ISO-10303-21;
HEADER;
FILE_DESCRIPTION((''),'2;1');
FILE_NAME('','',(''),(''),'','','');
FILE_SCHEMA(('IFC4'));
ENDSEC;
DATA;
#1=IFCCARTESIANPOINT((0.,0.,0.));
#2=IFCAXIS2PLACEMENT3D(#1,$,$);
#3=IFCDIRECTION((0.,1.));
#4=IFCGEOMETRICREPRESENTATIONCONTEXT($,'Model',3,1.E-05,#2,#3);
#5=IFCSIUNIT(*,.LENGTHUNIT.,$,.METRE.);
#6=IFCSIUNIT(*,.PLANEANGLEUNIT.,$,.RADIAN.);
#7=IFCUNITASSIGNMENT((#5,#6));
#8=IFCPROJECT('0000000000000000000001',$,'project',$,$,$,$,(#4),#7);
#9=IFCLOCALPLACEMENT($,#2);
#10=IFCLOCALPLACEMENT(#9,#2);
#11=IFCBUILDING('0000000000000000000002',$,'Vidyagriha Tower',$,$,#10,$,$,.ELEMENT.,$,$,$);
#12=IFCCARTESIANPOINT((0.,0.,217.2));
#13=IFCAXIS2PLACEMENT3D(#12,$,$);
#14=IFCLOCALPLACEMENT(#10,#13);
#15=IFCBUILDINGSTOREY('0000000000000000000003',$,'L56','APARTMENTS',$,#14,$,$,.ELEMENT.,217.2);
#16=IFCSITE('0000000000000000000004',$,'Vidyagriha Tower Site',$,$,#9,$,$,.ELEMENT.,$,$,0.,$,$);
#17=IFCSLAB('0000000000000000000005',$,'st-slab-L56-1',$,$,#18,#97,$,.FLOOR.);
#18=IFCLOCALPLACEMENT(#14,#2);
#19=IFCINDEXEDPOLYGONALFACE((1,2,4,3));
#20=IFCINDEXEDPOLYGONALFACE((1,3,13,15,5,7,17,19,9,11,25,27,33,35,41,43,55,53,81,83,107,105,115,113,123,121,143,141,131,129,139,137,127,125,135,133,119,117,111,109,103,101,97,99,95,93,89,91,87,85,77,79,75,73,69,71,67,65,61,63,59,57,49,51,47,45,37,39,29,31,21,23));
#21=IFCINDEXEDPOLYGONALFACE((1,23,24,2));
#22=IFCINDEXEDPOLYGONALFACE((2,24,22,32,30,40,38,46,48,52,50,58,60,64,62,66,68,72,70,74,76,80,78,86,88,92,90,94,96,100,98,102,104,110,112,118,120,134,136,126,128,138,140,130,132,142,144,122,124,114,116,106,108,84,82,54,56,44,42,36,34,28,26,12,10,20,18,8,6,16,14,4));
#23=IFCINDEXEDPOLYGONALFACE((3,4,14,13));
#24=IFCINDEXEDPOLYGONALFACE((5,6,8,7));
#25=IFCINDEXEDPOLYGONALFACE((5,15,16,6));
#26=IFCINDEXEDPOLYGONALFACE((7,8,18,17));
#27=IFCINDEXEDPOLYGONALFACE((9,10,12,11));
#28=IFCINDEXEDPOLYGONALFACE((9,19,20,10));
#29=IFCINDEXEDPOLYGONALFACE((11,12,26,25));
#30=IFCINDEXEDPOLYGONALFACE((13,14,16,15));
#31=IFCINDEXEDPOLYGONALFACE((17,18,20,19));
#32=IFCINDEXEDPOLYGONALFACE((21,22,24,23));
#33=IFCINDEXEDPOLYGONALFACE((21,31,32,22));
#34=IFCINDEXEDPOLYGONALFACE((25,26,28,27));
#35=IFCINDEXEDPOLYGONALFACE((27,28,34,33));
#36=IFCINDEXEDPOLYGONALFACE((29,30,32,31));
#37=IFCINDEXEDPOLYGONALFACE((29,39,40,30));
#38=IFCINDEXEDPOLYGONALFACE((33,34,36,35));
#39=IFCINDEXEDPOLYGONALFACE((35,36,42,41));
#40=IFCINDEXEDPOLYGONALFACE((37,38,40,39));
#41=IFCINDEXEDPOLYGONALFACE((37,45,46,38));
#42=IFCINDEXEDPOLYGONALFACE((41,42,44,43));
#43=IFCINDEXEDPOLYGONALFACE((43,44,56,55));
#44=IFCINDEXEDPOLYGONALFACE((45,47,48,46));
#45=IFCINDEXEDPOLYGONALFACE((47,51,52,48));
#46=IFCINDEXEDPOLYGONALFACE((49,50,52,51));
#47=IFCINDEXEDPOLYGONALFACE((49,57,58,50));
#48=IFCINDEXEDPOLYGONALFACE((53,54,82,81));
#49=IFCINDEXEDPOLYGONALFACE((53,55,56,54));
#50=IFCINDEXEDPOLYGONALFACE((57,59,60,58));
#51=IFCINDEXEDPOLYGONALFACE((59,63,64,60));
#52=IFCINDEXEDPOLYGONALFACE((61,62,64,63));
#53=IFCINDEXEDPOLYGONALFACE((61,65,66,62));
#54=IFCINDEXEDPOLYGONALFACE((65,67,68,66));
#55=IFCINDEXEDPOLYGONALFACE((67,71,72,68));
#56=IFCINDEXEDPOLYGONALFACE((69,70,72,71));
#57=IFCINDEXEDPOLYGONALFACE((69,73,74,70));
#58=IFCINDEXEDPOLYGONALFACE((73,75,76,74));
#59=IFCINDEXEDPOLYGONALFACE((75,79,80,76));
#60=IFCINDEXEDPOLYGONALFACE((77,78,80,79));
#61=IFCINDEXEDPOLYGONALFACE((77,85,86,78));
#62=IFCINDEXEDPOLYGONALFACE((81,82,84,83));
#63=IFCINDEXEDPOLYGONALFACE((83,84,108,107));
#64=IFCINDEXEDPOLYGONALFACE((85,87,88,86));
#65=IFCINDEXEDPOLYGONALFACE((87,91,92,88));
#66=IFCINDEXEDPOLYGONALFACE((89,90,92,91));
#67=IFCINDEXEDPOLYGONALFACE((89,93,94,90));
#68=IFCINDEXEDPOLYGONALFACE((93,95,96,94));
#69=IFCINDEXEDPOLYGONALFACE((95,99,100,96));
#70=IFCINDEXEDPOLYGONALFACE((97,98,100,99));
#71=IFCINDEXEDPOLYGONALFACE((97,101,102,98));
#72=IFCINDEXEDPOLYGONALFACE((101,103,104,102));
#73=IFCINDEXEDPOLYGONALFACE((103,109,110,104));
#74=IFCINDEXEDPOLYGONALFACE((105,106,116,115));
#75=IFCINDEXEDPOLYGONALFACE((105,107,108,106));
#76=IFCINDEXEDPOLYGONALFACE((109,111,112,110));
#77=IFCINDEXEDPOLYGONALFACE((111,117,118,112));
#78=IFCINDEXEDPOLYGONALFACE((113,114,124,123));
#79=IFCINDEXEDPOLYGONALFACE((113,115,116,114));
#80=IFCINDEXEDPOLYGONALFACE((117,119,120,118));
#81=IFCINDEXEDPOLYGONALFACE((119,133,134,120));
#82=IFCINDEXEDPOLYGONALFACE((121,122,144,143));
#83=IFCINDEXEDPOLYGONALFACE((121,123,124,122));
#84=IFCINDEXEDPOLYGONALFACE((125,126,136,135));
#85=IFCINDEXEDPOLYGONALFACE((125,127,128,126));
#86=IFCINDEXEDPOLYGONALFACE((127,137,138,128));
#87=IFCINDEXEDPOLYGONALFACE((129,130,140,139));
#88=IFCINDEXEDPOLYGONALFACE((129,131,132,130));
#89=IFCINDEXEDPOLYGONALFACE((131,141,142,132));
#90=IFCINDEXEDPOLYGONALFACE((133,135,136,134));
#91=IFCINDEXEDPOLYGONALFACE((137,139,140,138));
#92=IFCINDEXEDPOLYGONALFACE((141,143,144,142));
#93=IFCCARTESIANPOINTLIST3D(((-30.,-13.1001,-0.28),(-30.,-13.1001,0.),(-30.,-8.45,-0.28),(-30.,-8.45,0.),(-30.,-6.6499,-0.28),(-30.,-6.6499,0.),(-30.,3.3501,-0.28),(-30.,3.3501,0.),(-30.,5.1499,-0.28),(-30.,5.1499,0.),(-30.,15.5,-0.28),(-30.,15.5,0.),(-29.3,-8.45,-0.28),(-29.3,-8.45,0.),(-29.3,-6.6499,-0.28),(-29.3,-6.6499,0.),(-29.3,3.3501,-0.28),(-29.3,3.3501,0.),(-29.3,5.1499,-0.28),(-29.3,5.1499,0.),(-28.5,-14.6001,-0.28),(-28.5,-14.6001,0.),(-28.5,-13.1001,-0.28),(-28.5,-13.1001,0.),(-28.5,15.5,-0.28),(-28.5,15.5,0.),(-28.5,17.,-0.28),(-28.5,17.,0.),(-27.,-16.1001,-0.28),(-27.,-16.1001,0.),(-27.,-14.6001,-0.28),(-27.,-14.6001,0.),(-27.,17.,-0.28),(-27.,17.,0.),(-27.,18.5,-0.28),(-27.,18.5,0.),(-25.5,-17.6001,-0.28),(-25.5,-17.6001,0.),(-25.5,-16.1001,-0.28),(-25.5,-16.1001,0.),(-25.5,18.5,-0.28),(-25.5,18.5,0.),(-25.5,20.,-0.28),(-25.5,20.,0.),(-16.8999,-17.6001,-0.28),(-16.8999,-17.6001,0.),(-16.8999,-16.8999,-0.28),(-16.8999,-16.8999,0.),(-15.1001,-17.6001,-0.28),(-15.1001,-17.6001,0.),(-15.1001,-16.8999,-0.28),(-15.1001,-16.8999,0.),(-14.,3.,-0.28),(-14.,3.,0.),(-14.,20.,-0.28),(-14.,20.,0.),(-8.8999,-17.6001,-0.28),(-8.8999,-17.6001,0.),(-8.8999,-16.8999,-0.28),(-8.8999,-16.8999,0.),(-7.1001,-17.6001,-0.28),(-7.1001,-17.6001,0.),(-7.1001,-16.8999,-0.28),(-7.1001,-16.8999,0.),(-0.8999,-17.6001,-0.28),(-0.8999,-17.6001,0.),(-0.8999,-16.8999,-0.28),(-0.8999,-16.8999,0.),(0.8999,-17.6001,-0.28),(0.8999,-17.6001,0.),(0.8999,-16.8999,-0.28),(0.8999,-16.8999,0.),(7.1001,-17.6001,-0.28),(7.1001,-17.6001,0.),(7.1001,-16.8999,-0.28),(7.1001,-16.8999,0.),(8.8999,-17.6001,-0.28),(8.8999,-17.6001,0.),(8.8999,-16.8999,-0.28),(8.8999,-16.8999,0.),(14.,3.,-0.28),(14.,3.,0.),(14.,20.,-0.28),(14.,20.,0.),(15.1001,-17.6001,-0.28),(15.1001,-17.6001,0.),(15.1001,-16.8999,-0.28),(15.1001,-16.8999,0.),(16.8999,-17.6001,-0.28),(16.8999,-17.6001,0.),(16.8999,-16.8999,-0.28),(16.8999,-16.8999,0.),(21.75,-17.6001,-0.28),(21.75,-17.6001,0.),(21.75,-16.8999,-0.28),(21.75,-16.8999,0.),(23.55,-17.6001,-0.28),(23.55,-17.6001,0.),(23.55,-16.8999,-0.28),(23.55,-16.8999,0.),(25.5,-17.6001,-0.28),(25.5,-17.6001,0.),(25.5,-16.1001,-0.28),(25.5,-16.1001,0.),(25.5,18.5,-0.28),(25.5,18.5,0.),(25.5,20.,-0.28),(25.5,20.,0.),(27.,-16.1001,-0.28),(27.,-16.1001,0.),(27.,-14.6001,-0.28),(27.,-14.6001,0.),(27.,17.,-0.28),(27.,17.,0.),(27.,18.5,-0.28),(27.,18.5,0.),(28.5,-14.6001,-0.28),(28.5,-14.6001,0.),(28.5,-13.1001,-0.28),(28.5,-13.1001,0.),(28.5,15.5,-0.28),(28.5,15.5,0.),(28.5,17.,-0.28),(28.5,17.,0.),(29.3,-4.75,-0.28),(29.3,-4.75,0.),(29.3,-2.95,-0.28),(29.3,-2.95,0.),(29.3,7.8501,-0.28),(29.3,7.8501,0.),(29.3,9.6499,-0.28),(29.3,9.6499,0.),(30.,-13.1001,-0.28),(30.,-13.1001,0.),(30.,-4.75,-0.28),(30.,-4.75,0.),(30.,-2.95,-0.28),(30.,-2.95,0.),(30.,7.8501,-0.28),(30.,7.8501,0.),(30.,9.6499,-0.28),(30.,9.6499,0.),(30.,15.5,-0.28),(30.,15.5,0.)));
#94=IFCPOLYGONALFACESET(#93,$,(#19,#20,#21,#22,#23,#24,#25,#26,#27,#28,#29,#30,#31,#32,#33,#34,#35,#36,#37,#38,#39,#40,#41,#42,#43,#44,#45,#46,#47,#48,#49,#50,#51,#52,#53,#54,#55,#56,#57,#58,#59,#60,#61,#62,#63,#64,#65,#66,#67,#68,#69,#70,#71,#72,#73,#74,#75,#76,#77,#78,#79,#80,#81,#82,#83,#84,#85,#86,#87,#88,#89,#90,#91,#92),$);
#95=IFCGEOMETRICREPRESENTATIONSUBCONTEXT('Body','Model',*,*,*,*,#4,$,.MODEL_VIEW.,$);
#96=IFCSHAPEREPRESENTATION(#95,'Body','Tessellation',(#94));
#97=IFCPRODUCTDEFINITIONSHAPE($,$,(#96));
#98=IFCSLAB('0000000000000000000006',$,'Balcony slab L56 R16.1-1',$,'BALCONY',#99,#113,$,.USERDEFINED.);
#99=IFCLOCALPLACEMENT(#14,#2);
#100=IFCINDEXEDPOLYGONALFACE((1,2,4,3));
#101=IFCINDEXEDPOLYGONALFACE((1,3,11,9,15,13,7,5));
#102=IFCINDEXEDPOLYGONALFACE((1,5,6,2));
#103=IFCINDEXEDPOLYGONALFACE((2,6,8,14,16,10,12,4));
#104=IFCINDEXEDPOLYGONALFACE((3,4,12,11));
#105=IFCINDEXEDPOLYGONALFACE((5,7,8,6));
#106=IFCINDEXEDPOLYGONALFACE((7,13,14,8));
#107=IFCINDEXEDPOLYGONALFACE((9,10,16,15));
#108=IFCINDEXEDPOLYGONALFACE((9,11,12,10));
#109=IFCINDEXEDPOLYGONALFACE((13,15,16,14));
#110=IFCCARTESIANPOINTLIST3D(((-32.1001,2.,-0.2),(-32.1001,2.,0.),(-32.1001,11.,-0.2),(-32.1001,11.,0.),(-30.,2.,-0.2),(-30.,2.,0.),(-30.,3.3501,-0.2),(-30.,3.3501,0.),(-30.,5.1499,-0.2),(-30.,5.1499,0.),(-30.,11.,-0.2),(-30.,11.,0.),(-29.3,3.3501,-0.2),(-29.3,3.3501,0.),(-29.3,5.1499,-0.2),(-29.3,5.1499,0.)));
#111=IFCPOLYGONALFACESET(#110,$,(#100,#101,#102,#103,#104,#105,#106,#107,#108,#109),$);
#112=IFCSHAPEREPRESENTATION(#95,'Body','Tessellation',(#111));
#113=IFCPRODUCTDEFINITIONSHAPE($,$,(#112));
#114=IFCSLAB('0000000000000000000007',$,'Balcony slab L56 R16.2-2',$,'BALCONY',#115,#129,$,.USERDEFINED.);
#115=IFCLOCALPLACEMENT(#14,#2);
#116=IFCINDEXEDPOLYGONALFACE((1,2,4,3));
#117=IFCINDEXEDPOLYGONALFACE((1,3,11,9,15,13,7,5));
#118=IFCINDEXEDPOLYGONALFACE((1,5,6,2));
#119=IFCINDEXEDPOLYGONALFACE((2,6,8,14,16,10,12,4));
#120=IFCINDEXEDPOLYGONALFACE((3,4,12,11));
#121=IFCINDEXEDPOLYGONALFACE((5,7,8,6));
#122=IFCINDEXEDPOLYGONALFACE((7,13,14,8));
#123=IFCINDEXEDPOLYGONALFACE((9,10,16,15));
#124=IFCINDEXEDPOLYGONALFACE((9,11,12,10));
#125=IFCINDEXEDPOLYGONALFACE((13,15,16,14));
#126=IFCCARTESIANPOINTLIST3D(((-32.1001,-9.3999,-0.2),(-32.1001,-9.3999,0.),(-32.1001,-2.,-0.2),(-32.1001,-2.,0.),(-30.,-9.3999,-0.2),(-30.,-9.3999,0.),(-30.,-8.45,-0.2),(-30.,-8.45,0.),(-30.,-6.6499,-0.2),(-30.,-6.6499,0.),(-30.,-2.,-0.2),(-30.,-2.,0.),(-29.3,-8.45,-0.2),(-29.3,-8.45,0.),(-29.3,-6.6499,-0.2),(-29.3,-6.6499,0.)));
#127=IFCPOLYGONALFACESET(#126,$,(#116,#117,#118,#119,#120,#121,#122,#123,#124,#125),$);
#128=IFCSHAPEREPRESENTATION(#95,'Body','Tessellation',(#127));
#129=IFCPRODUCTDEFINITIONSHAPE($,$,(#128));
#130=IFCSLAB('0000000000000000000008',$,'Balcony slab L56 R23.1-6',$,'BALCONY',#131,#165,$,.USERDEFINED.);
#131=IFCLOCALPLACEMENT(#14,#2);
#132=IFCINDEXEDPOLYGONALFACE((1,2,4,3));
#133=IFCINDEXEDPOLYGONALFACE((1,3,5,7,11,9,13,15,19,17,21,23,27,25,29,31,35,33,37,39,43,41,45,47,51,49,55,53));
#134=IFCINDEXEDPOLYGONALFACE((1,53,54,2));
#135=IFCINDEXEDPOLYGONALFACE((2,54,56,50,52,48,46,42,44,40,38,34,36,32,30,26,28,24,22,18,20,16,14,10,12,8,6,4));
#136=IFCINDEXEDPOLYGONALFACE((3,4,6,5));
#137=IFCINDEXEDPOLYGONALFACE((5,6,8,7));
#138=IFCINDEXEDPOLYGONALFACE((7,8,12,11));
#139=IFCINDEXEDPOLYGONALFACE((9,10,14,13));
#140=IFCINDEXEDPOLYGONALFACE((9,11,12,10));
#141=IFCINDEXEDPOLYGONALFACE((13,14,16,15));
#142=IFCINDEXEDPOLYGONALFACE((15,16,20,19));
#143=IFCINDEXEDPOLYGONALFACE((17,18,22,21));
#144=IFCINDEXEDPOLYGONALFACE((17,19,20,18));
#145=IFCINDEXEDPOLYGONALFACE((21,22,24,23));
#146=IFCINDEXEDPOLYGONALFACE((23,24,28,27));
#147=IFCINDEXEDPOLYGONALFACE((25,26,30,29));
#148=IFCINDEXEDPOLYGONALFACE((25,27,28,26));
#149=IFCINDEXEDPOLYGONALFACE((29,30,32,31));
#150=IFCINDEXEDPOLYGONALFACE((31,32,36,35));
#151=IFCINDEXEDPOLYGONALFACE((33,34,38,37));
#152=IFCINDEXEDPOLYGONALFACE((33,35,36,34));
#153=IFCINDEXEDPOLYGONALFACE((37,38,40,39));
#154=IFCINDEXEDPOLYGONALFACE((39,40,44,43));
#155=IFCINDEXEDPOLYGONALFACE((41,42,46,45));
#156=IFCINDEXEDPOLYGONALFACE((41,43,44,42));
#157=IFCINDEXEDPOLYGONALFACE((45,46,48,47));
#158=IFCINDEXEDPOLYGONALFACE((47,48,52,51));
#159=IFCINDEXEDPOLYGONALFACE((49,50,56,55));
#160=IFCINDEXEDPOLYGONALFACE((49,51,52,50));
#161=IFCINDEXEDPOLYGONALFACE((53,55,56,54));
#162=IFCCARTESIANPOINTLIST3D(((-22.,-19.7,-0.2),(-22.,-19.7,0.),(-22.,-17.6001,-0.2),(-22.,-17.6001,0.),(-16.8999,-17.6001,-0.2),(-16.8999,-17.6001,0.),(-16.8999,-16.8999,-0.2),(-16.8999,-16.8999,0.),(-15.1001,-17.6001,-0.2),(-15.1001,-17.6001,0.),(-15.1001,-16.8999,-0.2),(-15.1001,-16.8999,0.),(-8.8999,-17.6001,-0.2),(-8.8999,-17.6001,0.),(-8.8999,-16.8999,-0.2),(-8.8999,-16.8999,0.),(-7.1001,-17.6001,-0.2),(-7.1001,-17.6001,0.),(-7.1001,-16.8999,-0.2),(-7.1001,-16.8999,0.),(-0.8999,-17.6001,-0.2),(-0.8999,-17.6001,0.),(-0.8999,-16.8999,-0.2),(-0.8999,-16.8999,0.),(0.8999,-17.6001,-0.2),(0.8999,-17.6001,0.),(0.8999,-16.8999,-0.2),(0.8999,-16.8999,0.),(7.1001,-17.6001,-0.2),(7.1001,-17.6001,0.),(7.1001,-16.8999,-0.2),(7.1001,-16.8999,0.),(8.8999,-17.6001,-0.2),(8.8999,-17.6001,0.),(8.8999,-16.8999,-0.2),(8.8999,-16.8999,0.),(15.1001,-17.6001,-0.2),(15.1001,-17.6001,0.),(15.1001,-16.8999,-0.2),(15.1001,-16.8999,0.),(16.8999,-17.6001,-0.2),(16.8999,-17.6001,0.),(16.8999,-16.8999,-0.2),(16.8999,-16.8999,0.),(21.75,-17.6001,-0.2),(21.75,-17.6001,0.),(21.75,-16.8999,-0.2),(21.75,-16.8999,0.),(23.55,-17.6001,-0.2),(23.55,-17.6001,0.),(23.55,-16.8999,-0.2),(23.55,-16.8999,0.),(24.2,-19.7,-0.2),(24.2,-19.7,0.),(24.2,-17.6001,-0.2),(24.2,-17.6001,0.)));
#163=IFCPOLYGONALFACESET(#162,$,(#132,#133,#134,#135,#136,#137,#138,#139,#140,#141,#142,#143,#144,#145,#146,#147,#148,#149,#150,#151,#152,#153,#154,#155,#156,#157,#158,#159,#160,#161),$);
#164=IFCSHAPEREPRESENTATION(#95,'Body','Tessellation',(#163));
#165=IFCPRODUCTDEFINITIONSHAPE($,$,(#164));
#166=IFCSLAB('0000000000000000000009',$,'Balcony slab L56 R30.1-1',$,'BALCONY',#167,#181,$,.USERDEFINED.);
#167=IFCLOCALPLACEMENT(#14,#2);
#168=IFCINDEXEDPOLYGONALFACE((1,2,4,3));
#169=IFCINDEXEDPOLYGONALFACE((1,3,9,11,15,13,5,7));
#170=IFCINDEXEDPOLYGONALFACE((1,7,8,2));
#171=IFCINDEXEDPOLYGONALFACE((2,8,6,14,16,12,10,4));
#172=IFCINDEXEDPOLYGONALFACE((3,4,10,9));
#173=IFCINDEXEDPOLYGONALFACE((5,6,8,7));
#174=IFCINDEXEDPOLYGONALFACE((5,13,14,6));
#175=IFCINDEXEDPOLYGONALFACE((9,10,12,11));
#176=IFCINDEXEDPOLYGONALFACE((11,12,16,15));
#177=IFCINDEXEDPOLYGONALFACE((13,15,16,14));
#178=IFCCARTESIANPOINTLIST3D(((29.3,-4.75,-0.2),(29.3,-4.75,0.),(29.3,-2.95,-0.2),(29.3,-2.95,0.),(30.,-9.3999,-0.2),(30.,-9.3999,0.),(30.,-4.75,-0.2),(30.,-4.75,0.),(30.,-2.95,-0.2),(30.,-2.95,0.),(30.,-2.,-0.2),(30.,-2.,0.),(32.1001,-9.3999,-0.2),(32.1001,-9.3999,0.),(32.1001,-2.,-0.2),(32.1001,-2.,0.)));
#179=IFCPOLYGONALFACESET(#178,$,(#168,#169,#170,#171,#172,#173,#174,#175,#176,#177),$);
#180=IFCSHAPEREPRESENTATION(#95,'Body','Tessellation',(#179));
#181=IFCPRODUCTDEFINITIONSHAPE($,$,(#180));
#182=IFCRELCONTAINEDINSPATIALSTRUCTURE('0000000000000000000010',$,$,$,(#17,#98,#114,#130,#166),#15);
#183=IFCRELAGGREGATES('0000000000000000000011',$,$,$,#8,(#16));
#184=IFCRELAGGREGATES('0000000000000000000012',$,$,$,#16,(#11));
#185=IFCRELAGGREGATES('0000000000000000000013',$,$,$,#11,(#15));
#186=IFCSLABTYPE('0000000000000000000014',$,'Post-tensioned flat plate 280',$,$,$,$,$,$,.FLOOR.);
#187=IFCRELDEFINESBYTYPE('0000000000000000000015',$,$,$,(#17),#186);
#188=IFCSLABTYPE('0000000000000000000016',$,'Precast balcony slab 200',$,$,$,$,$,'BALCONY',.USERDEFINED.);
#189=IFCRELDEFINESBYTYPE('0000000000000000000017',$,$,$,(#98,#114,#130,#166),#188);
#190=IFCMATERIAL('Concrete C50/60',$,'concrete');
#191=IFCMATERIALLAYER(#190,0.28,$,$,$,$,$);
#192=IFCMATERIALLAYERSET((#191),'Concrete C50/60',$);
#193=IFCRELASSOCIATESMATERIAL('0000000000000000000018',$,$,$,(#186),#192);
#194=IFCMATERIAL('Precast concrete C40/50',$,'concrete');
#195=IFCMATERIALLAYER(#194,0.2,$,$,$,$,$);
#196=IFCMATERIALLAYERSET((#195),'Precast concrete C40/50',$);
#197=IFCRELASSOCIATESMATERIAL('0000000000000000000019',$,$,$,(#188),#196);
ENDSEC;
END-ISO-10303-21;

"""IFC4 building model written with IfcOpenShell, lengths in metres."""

from ifc_helpers import new_model, si_unit, direction, frame, origin, place, context, subcontext, project, spatial, polyline, outline, extrude, material, layer, layer_set, type_object, element, save


model = new_model("IFC4")

# Units and contexts
model_context = context("Model", 3, precision=1e-05, world=origin(), true_north=direction((0.0, 1.0)))
body_context = subcontext(model_context, "Body", "Model", "MODEL_VIEW")
ifc_project = project(units=[si_unit("LENGTHUNIT", "METRE"), si_unit("PLANEANGLEUNIT", "RADIAN")], contexts=[model_context])

# Site, building, storey
site_placement = place(None, origin())
site = spatial("IfcSite", under=ifc_project, at=site_placement, Name="Vidyagriha Tower Site", CompositionType="ELEMENT", RefElevation=0.0)
building_placement = place(site_placement, origin())
building = spatial("IfcBuilding", under=site, at=building_placement, Name="Vidyagriha Tower", CompositionType="ELEMENT")
storey_placement = place(building_placement, frame((0.0, 0.0, 217.2)))
storey = spatial("IfcBuildingStorey", under=building, at=storey_placement, Name="L56", Description="APARTMENTS", CompositionType="ELEMENT", Elevation=217.2)

# Slabs
ifc_material_1 = material(Name="Concrete C50/60", Category="concrete")
ifc_layer_1 = layer(ifc_material_1, 0.28)
ifc_layer_set_1 = layer_set([ifc_layer_1], Name="Concrete C50/60")
slab_type_1 = type_object("IfcSlabType", Name="Post-tensioned flat plate 280", PredefinedType="FLOOR", material=ifc_layer_set_1)
slab_1_placement = place(storey_placement, frame((0.0, 0.0, -0.28)))
element("IfcSlab", 1, at=slab_1_placement, inside=storey, type_object=slab_type_1, Name="st-slab-L56-1", PredefinedType="FLOOR", context=body_context, shape_type="SweptSolid", body=[
    extrude(outline(polyline([(28.5, -14.6001), (27.0, -14.6001), (27.0, -16.1001), (25.5, -16.1001), (25.5, -17.6001), (23.55, -17.6001), (23.55, -16.8999), (21.75, -16.8999), (21.75, -17.6001), (16.8999, -17.6001), (16.8999, -16.8999), (15.1001, -16.8999), (15.1001, -17.6001), (8.8999, -17.6001), (8.8999, -16.8999), (7.1001, -16.8999), (7.1001, -17.6001), (0.8999, -17.6001), (0.8999, -16.8999), (-0.8999, -16.8999), (-0.8999, -17.6001), (-7.1001, -17.6001), (-7.1001, -16.8999), (-8.8999, -16.8999), (-8.8999, -17.6001), (-15.1001, -17.6001), (-15.1001, -16.8999), (-16.8999, -16.8999), (-16.8999, -17.6001), (-25.5, -17.6001), (-25.5, -16.1001), (-27.0, -16.1001), (-27.0, -14.6001), (-28.5, -14.6001), (-28.5, -13.1001), (-30.0, -13.1001), (-30.0, -8.45), (-29.3, -8.45), (-29.3, -6.6499), (-30.0, -6.6499), (-30.0, 3.3501), (-29.3, 3.3501), (-29.3, 5.1499), (-30.0, 5.1499), (-30.0, 15.5), (-28.5, 15.5), (-28.5, 17.0), (-27.0, 17.0), (-27.0, 18.5), (-25.5, 18.5), (-25.5, 20.0), (-14.0, 20.0), (-14.0, 3.0), (14.0, 3.0), (14.0, 20.0), (25.5, 20.0), (25.5, 18.5), (27.0, 18.5), (27.0, 17.0), (28.5, 17.0), (28.5, 15.5), (30.0, 15.5), (30.0, 9.6499), (29.3, 9.6499), (29.3, 7.8501), (30.0, 7.8501), (30.0, -2.95), (29.3, -2.95), (29.3, -4.75), (30.0, -4.75), (30.0, -13.1001), (28.5, -13.1001), (28.5, -14.6001)])), origin(), (0.0, 0.0, 1.0), 0.28),
])
ifc_material_2 = material(Name="Precast concrete C40/50", Category="concrete")
ifc_layer_2 = layer(ifc_material_2, 0.2)
ifc_layer_set_2 = layer_set([ifc_layer_2], Name="Precast concrete C40/50")
slab_type_2 = type_object("IfcSlabType", Name="Precast balcony slab 200", ElementType="BALCONY", PredefinedType="USERDEFINED", material=ifc_layer_set_2)
slab_2_placement = place(storey_placement, frame((0.0, 0.0, -0.2)))
element("IfcSlab", 2, at=slab_2_placement, inside=storey, type_object=slab_type_2, Name="Balcony slab L56 R16.1-1", ObjectType="BALCONY", PredefinedType="USERDEFINED", context=body_context, shape_type="SweptSolid", body=[
    extrude(outline(polyline([(-29.3, 3.3501), (-29.3, 5.1499), (-30.0, 5.1499), (-30.0, 11.0), (-32.1001, 11.0), (-32.1001, 2.0), (-30.0, 2.0), (-30.0, 3.3501), (-29.3, 3.3501)])), origin(), (0.0, 0.0, 1.0), 0.2),
])
slab_3_placement = place(storey_placement, frame((0.0, 0.0, -0.2)))
element("IfcSlab", 3, at=slab_3_placement, inside=storey, type_object=slab_type_2, Name="Balcony slab L56 R16.2-2", ObjectType="BALCONY", PredefinedType="USERDEFINED", context=body_context, shape_type="SweptSolid", body=[
    extrude(outline(polyline([(-29.3, -8.45), (-29.3, -6.6499), (-30.0, -6.6499), (-30.0, -2.0), (-32.1001, -2.0), (-32.1001, -9.3999), (-30.0, -9.3999), (-30.0, -8.45), (-29.3, -8.45)])), origin(), (0.0, 0.0, 1.0), 0.2),
])
slab_4_placement = place(storey_placement, frame((0.0, 0.0, -0.2)))
element("IfcSlab", 4, at=slab_4_placement, inside=storey, type_object=slab_type_2, Name="Balcony slab L56 R23.1-6", ObjectType="BALCONY", PredefinedType="USERDEFINED", context=body_context, shape_type="SweptSolid", body=[
    extrude(outline(polyline([(-16.8999, -16.8999), (-16.8999, -17.6001), (-22.0, -17.6001), (-22.0, -19.7), (24.2, -19.7), (24.2, -17.6001), (23.55, -17.6001), (23.55, -16.8999), (21.75, -16.8999), (21.75, -17.6001), (16.8999, -17.6001), (16.8999, -16.8999), (15.1001, -16.8999), (15.1001, -17.6001), (8.8999, -17.6001), (8.8999, -16.8999), (7.1001, -16.8999), (7.1001, -17.6001), (0.8999, -17.6001), (0.8999, -16.8999), (-0.8999, -16.8999), (-0.8999, -17.6001), (-7.1001, -17.6001), (-7.1001, -16.8999), (-8.8999, -16.8999), (-8.8999, -17.6001), (-15.1001, -17.6001), (-15.1001, -16.8999), (-16.8999, -16.8999)])), origin(), (0.0, 0.0, 1.0), 0.2),
])
slab_5_placement = place(storey_placement, frame((0.0, 0.0, -0.2)))
element("IfcSlab", 5, at=slab_5_placement, inside=storey, type_object=slab_type_2, Name="Balcony slab L56 R30.1-1", ObjectType="BALCONY", PredefinedType="USERDEFINED", context=body_context, shape_type="SweptSolid", body=[
    extrude(outline(polyline([(30.0, -4.75), (30.0, -9.3999), (32.1001, -9.3999), (32.1001, -2.0), (30.0, -2.0), (30.0, -2.95), (29.3, -2.95), (29.3, -4.75), (30.0, -4.75)])), origin(), (0.0, 0.0, 1.0), 0.2),
])

save(model, "model.ifc")
